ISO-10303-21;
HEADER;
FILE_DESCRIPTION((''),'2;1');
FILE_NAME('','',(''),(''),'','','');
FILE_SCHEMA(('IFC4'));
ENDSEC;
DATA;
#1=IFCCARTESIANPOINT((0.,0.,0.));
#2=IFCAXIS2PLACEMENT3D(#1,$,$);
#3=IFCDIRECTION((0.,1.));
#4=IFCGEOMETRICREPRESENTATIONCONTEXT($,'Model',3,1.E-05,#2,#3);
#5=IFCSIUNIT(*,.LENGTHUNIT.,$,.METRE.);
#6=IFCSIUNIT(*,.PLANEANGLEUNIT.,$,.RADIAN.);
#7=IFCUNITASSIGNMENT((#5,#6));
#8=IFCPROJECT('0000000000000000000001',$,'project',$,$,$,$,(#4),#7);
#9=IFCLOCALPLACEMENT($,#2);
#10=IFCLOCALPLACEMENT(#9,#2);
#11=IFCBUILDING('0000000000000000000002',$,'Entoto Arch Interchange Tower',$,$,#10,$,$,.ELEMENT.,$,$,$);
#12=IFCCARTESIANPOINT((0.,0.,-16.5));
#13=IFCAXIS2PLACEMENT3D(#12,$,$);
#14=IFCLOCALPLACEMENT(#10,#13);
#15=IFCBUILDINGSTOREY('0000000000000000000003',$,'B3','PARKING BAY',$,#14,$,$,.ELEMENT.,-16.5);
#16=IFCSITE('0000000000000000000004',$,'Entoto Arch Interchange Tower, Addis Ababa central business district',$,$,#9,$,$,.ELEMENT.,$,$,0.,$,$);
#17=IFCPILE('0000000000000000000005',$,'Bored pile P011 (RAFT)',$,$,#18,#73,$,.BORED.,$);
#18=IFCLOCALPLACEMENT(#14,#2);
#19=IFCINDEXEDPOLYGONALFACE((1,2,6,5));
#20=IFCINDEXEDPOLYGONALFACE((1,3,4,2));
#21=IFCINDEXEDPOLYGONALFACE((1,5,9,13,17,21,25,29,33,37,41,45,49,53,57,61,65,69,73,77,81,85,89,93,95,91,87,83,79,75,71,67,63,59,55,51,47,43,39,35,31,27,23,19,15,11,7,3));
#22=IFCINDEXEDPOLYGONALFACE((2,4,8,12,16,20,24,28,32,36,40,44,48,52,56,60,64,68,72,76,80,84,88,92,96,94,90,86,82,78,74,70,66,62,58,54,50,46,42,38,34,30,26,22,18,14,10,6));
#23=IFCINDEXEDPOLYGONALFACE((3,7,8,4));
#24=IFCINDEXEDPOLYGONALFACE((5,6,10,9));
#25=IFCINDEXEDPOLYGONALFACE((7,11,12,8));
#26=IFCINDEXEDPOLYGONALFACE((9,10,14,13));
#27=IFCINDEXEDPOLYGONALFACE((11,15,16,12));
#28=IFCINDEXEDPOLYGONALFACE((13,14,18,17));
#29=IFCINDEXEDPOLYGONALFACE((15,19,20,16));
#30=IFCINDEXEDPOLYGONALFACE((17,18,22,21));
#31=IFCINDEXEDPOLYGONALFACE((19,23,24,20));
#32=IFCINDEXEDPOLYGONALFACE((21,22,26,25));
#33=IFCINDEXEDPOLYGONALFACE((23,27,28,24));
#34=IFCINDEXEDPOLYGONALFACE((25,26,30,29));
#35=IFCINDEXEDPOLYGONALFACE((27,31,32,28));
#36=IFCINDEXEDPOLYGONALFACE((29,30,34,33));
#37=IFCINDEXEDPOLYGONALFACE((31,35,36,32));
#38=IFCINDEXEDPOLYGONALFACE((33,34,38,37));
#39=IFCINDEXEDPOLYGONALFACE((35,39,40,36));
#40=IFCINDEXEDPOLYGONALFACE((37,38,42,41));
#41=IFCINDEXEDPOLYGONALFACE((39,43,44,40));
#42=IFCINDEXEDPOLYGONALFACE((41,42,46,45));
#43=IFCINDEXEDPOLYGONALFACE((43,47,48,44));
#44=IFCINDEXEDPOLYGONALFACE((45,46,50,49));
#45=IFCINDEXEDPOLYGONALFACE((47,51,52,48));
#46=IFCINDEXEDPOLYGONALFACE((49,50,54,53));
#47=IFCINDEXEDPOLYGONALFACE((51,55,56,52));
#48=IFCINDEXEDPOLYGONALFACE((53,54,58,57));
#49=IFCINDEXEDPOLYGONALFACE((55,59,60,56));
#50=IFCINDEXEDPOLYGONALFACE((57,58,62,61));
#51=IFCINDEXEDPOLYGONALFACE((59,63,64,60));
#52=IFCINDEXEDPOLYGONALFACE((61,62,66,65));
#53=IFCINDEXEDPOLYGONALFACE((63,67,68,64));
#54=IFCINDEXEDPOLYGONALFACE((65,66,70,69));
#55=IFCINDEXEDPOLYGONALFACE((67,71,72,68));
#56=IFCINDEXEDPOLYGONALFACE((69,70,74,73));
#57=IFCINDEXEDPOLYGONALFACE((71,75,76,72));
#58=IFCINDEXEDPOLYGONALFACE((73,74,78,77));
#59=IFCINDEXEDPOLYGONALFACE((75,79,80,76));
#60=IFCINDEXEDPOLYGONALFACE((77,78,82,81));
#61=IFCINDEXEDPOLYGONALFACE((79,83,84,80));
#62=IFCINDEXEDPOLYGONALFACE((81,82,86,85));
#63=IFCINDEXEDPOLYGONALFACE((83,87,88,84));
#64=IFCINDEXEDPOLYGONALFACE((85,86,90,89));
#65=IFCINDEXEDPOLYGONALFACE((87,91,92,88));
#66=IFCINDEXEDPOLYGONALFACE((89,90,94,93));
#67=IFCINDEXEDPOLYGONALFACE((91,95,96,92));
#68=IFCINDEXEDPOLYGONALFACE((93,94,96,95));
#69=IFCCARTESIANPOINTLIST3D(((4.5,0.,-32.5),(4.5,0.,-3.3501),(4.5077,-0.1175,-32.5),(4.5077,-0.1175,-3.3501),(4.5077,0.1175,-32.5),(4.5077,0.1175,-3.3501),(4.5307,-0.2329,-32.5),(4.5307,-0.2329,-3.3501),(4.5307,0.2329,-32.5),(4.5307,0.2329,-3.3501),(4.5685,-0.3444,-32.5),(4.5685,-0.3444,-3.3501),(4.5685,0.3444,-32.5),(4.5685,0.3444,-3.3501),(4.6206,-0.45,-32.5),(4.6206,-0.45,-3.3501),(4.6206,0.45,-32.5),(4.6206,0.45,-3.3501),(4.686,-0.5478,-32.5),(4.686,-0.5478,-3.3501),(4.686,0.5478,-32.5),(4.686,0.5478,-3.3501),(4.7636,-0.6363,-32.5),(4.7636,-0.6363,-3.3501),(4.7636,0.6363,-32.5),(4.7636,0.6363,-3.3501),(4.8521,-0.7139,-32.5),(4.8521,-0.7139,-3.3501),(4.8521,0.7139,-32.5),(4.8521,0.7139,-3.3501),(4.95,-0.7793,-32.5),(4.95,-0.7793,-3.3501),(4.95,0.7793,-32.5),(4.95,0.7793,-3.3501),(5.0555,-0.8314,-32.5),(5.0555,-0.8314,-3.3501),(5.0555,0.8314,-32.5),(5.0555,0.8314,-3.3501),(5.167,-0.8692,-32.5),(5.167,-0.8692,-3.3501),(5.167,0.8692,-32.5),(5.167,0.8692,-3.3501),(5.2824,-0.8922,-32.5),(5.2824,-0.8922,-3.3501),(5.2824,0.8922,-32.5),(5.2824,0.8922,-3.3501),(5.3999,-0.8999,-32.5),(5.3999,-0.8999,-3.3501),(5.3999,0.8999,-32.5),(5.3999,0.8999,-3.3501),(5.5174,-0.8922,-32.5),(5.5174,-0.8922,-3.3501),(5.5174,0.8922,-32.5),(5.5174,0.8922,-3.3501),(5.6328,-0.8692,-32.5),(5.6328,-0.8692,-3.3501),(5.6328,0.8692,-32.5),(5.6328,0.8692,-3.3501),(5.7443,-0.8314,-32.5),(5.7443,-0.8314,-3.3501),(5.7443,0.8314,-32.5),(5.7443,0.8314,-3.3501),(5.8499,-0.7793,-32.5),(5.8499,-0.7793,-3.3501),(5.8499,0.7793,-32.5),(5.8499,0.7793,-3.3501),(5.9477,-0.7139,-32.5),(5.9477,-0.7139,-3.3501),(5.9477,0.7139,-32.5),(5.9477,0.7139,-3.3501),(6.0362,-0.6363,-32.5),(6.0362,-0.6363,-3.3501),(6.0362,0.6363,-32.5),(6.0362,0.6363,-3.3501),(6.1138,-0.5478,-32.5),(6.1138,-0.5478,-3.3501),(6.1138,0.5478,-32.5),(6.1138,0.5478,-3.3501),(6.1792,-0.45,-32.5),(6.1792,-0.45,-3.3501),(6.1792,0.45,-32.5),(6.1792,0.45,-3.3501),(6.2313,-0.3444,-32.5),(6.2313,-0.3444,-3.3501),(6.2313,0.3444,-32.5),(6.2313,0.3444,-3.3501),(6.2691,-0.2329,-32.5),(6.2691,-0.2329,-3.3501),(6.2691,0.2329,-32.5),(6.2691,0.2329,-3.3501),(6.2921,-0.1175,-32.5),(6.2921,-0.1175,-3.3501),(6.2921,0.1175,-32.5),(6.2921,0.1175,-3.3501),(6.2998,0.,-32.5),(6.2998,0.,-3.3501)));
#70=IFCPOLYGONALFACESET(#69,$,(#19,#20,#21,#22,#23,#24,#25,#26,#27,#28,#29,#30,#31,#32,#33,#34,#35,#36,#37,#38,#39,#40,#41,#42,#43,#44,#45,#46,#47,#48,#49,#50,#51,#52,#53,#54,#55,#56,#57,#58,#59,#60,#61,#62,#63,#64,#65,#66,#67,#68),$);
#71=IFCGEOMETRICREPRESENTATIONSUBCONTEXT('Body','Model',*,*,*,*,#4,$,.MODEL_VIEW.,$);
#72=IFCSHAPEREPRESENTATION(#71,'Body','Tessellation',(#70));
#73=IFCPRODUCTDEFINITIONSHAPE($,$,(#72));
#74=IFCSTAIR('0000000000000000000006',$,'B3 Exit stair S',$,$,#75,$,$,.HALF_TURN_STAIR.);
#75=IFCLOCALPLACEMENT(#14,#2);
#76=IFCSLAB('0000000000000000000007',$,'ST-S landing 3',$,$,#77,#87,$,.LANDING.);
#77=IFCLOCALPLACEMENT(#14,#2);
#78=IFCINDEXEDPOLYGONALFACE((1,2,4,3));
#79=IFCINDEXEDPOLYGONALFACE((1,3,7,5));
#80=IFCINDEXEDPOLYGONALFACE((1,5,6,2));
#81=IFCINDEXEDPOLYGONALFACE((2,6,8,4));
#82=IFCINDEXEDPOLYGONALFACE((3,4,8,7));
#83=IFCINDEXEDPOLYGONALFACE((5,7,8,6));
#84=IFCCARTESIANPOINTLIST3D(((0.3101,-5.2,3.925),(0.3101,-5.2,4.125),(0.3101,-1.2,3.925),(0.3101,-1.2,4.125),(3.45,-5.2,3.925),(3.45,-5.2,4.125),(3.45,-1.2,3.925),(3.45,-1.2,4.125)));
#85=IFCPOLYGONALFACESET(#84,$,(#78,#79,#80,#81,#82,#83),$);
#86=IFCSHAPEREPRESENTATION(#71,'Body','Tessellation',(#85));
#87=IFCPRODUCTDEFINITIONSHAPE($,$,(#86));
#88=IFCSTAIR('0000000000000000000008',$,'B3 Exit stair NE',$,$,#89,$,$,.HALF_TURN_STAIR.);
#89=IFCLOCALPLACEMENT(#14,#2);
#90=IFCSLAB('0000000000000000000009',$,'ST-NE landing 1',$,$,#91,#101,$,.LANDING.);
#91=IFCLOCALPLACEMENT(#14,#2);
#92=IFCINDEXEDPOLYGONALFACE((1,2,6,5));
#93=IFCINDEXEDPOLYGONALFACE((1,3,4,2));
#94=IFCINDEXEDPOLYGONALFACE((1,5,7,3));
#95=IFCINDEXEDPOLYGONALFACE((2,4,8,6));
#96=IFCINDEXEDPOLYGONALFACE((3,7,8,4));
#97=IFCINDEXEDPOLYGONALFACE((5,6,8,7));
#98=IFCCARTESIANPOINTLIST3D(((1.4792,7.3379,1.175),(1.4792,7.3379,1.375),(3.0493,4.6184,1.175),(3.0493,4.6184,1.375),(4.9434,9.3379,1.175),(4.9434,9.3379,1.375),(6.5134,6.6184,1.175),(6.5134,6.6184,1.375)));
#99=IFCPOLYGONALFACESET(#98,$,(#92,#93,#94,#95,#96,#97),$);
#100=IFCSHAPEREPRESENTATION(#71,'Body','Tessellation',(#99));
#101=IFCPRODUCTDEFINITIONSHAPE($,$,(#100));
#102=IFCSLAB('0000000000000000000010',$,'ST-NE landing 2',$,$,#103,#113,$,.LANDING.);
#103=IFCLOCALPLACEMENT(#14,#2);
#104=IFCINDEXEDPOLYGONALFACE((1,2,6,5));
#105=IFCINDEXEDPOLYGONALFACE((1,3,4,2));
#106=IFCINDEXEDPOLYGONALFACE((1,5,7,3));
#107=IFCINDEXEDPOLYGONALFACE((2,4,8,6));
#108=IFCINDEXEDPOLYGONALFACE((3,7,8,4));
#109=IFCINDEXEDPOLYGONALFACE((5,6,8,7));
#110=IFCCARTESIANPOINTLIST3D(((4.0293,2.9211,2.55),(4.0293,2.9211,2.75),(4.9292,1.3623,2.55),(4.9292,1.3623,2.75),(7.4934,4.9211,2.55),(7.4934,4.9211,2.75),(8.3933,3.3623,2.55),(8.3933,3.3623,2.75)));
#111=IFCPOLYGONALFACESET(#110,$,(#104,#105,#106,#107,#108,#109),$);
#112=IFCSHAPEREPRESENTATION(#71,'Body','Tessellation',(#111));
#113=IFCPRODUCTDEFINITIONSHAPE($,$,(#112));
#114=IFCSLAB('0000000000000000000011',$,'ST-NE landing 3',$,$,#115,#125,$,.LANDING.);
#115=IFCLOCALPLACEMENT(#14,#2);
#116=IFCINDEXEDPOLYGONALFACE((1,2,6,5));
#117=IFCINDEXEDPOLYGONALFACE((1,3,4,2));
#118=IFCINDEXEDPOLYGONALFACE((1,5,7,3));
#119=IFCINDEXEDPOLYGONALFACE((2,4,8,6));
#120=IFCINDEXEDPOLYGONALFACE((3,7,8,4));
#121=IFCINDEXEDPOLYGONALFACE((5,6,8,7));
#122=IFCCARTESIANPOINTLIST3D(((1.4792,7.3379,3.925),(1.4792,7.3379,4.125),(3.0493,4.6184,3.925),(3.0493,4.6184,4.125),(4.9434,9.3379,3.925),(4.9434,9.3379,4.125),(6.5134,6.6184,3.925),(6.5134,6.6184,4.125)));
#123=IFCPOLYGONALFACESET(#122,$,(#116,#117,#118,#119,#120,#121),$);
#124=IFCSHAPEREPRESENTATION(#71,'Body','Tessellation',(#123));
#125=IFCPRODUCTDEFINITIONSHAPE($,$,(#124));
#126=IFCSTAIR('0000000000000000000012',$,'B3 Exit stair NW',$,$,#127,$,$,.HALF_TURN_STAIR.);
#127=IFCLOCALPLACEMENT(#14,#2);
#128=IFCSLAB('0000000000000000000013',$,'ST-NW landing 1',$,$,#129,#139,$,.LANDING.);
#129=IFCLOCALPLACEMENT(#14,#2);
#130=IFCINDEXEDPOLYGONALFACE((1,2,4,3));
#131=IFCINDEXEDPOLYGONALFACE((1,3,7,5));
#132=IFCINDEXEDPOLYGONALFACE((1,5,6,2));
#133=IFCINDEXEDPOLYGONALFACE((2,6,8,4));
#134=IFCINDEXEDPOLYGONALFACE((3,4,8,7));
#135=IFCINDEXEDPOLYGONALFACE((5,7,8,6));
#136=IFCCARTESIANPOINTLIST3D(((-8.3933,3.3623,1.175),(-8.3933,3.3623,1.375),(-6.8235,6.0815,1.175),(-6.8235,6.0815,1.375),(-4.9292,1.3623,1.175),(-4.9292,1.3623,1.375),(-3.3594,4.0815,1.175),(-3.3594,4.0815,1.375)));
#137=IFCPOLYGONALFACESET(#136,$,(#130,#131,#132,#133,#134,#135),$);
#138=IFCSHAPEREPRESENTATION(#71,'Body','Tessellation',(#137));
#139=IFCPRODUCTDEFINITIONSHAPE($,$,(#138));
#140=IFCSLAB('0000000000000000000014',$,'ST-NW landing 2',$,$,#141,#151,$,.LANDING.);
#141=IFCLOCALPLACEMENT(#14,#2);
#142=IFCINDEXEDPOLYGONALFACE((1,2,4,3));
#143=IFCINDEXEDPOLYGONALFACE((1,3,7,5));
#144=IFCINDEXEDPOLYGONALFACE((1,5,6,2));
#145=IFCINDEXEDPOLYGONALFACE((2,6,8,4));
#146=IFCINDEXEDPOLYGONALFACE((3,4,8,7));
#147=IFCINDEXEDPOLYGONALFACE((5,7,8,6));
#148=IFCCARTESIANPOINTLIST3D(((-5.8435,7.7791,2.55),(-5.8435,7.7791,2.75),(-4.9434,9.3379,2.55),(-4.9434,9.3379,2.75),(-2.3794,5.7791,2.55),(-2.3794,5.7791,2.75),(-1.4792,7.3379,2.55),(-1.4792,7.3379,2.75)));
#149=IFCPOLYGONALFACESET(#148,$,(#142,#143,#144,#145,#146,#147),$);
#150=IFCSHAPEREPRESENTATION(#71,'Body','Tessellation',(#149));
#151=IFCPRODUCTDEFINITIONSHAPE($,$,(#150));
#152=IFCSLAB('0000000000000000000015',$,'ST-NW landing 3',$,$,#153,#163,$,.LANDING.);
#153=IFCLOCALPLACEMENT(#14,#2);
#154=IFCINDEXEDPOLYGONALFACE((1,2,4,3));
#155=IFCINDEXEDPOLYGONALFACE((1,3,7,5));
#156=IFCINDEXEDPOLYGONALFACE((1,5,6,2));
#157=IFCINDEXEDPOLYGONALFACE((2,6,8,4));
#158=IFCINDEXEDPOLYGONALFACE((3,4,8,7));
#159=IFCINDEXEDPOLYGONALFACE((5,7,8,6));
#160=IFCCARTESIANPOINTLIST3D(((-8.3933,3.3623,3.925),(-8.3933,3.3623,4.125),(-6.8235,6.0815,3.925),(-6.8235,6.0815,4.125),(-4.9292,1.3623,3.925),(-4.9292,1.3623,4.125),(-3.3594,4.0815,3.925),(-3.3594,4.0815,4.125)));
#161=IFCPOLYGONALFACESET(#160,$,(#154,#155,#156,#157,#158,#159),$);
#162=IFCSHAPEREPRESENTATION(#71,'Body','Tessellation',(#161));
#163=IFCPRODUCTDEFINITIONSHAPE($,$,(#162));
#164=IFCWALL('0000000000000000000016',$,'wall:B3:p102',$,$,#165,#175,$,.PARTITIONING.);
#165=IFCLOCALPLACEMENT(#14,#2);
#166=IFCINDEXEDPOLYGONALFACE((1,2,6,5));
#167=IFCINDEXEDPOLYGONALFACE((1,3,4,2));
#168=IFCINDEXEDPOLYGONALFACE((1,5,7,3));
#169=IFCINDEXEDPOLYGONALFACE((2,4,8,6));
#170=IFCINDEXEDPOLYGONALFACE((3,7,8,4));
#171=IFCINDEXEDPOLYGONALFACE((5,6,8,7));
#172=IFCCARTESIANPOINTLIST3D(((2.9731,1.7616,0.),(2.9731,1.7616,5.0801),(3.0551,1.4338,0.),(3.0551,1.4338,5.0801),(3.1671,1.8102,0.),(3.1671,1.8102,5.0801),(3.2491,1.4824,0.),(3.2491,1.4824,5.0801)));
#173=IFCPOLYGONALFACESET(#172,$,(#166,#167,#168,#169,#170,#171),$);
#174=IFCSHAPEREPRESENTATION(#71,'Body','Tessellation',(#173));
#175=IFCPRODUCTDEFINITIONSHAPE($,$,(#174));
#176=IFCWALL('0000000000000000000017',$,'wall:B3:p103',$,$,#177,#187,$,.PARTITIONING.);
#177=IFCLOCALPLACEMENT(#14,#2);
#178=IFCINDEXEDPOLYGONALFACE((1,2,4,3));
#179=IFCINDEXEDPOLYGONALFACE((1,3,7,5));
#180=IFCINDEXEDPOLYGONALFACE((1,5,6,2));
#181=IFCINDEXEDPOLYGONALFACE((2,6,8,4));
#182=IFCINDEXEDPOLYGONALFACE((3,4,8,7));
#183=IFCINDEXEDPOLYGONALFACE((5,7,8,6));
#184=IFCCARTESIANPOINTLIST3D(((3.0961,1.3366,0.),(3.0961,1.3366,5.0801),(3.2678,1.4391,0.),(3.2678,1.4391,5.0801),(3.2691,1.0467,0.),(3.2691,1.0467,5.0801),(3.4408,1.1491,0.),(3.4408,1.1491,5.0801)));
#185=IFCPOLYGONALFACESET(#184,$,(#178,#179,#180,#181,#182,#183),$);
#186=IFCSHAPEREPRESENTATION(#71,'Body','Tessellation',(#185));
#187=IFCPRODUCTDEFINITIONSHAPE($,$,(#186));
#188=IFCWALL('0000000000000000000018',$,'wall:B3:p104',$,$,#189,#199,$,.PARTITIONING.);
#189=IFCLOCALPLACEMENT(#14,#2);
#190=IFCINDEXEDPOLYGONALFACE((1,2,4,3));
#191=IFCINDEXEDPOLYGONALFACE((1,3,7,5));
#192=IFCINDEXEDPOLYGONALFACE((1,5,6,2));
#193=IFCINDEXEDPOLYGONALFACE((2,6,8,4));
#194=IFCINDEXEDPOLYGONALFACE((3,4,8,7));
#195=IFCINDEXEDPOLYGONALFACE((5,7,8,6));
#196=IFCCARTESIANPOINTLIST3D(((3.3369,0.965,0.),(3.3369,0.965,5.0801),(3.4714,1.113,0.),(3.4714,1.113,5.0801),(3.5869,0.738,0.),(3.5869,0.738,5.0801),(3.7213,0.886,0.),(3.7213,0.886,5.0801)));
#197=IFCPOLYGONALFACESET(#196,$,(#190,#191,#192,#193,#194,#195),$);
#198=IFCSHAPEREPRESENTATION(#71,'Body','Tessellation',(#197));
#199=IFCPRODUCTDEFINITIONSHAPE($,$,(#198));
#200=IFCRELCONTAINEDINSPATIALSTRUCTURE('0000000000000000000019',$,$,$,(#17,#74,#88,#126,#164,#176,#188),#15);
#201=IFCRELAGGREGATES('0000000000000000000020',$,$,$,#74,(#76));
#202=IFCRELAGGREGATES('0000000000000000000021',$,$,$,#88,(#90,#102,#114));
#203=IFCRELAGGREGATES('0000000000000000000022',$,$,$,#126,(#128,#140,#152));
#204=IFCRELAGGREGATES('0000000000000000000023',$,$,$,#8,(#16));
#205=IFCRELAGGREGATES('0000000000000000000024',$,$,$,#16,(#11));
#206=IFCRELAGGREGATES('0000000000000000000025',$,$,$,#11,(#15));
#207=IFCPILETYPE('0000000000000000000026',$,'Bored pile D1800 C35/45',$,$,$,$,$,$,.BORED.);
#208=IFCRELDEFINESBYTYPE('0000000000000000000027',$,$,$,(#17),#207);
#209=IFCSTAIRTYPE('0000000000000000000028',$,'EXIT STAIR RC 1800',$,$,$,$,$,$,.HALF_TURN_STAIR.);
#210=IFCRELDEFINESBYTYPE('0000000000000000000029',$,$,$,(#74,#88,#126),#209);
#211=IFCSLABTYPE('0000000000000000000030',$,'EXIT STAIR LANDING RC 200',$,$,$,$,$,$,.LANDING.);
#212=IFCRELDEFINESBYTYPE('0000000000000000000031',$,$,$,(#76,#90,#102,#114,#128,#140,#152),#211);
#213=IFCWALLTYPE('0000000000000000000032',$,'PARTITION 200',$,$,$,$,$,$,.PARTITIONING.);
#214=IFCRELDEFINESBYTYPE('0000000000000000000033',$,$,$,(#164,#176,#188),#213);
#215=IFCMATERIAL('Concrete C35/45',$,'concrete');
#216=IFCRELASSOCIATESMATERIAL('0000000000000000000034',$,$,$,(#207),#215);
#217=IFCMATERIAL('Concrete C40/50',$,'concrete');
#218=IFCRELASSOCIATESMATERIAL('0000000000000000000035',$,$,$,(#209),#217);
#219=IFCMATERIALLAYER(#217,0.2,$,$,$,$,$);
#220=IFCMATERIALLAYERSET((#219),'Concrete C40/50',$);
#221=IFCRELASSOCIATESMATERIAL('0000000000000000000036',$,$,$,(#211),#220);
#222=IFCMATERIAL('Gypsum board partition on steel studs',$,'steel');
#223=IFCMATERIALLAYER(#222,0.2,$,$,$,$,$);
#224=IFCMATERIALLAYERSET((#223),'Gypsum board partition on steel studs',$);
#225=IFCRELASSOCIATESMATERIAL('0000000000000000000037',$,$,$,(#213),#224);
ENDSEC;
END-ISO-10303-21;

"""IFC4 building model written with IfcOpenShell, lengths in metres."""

from ifc_helpers import new_model, si_unit, direction, frame, frame_2d, origin, origin_2d, place, context, subcontext, project, spatial, polyline, rectangle, circle, outline, extrude, material, layer, layer_set, material_profile, profile_set, type_object, element, aggregate, save


model = new_model("IFC4")

# Units and contexts
model_context = context("Model", 3, precision=1e-05, world=origin(), true_north=direction((0.0, 1.0)))
body_context = subcontext(model_context, "Body", "Model", "MODEL_VIEW")
ifc_project = project(units=[si_unit("LENGTHUNIT", "METRE"), si_unit("PLANEANGLEUNIT", "RADIAN")], contexts=[model_context])

# Site, building, storey
site_placement = place(None, origin())
site = spatial("IfcSite", under=ifc_project, at=site_placement, Name="Entoto Arch Interchange Tower, Addis Ababa central business district", CompositionType="ELEMENT", RefElevation=0.0)
building_placement = place(site_placement, origin())
building = spatial("IfcBuilding", under=site, at=building_placement, Name="Entoto Arch Interchange Tower", CompositionType="ELEMENT")
storey_placement = place(building_placement, frame((0.0, 0.0, -16.5)))
storey = spatial("IfcBuildingStorey", under=building, at=storey_placement, Name="B3", Description="PARKING BAY", CompositionType="ELEMENT", Elevation=-16.5)

# Pile
ifc_material_1 = material(Name="Concrete C35/45", Category="concrete")
ifc_material_profile = material_profile(ifc_material_1, circle(Radius=0.8999, at=origin_2d()))
ifc_profile_set = profile_set([ifc_material_profile], Name="Concrete C35/45")
pile_type = type_object("IfcPileType", Name="Bored pile D1800 C35/45", PredefinedType="BORED", material=ifc_profile_set)
pile_placement = place(storey_placement, frame((5.3999, 0.0, -3.3501), z_axis=(0.0, 0.0, -1.0), x_axis=(1.0, 0.0, 0.0)))
element("IfcPile", 1, at=pile_placement, inside=storey, type_object=pile_type, Name="Bored pile P011 (RAFT)", PredefinedType="BORED", context=body_context, shape_type="SweptSolid", body=[
    extrude(circle(Radius=0.8999, at=origin_2d()), origin(), (0.0, 0.0, 1.0), 29.1499),
])

# Stair, slab
ifc_material_2 = material(Name="Concrete C40/50", Category="concrete")
stair_type = type_object("IfcStairType", Name="EXIT STAIR RC 1800", PredefinedType="HALF_TURN_STAIR", material=ifc_material_2)
stair_1_placement = place(storey_placement, origin())
stair_1 = element("IfcStair", 2, at=stair_1_placement, inside=storey, type_object=stair_type, Name="B3 Exit stair S", PredefinedType="HALF_TURN_STAIR")
ifc_layer_1 = layer(ifc_material_2, 0.2)
ifc_layer_set_1 = layer_set([ifc_layer_1], Name="Concrete C40/50")
slab_type = type_object("IfcSlabType", Name="EXIT STAIR LANDING RC 200", PredefinedType="LANDING", material=ifc_layer_set_1)
slab_1_placement = place(storey_placement, frame((0.0, 0.0, 3.925)))
slab_1 = element("IfcSlab", 3, at=slab_1_placement, type_object=slab_type, Name="ST-S landing 3", PredefinedType="LANDING", context=body_context, shape_type="SweptSolid", body=[
    extrude(outline(polyline([(0.3101, -5.2), (3.45, -5.2), (3.45, -1.2), (0.3101, -1.2), (0.3101, -5.2)])), origin(), (0.0, 0.0, 1.0), 0.2),
])
aggregate(stair_1, [slab_1])

# Stairs, slabs
stair_2_placement = place(storey_placement, origin())
stair_2 = element("IfcStair", 4, at=stair_2_placement, inside=storey, type_object=stair_type, Name="B3 Exit stair NE", PredefinedType="HALF_TURN_STAIR")
slab_2_placement = place(storey_placement, frame((0.0, 0.0, 1.175)))
slab_2 = element("IfcSlab", 5, at=slab_2_placement, type_object=slab_type, Name="ST-NE landing 1", PredefinedType="LANDING", context=body_context, shape_type="SweptSolid", body=[
    extrude(outline(polyline([(6.5134, 6.6184), (4.9434, 9.3379), (1.4792, 7.3379), (3.0493, 4.6184), (6.5134, 6.6184)])), origin(), (0.0, 0.0, 1.0), 0.2),
])
slab_3_placement = place(storey_placement, frame((0.0, 0.0, 2.55)))
slab_3 = element("IfcSlab", 6, at=slab_3_placement, type_object=slab_type, Name="ST-NE landing 2", PredefinedType="LANDING", context=body_context, shape_type="SweptSolid", body=[
    extrude(outline(polyline([(8.3933, 3.3623), (7.4934, 4.9211), (4.0293, 2.9211), (4.9292, 1.3623), (8.3933, 3.3623)])), origin(), (0.0, 0.0, 1.0), 0.2),
])
slab_4_placement = place(storey_placement, frame((0.0, 0.0, 3.925)))
slab_4 = element("IfcSlab", 7, at=slab_4_placement, type_object=slab_type, Name="ST-NE landing 3", PredefinedType="LANDING", context=body_context, shape_type="SweptSolid", body=[
    extrude(outline(polyline([(6.5134, 6.6184), (4.9434, 9.3379), (1.4792, 7.3379), (3.0493, 4.6184), (6.5134, 6.6184)])), origin(), (0.0, 0.0, 1.0), 0.2),
])
aggregate(stair_2, [slab_2, slab_3, slab_4])
stair_3_placement = place(storey_placement, origin())
stair_3 = element("IfcStair", 8, at=stair_3_placement, inside=storey, type_object=stair_type, Name="B3 Exit stair NW", PredefinedType="HALF_TURN_STAIR")
slab_5_placement = place(storey_placement, frame((0.0, 0.0, 1.175)))
slab_5 = element("IfcSlab", 9, at=slab_5_placement, type_object=slab_type, Name="ST-NW landing 1", PredefinedType="LANDING", context=body_context, shape_type="SweptSolid", body=[
    extrude(outline(polyline([(-6.8235, 6.0815), (-8.3933, 3.3623), (-4.9292, 1.3623), (-3.3594, 4.0815), (-6.8235, 6.0815)])), origin(), (0.0, 0.0, 1.0), 0.2),
])
slab_6_placement = place(storey_placement, frame((0.0, 0.0, 2.55)))
slab_6 = element("IfcSlab", 10, at=slab_6_placement, type_object=slab_type, Name="ST-NW landing 2", PredefinedType="LANDING", context=body_context, shape_type="SweptSolid", body=[
    extrude(outline(polyline([(-4.9434, 9.3379), (-5.8435, 7.7791), (-2.3794, 5.7791), (-1.4792, 7.3379), (-4.9434, 9.3379)])), origin(), (0.0, 0.0, 1.0), 0.2),
])
slab_7_placement = place(storey_placement, frame((0.0, 0.0, 3.925)))
slab_7 = element("IfcSlab", 11, at=slab_7_placement, type_object=slab_type, Name="ST-NW landing 3", PredefinedType="LANDING", context=body_context, shape_type="SweptSolid", body=[
    extrude(outline(polyline([(-6.8235, 6.0815), (-8.3933, 3.3623), (-4.9292, 1.3623), (-3.3594, 4.0815), (-6.8235, 6.0815)])), origin(), (0.0, 0.0, 1.0), 0.2),
])
aggregate(stair_3, [slab_5, slab_6, slab_7])

# Walls
ifc_material_3 = material(Name="Gypsum board partition on steel studs", Category="steel")
ifc_layer_2 = layer(ifc_material_3, 0.2)
ifc_layer_set_2 = layer_set([ifc_layer_2], Name="Gypsum board partition on steel studs")
wall_type_1 = type_object("IfcWallType", Name="PARTITION 200", PredefinedType="PARTITIONING", material=ifc_layer_set_2)
wall_1_placement = place(storey_placement, frame((3.0701, 1.7859, 0.0), z_axis=(0.0, 0.0, 1.0), x_axis=(0.242706, -0.9701, 0.0)))
element("IfcWall", 12, at=wall_1_placement, inside=storey, type_object=wall_type_1, Name="wall:B3:p102", PredefinedType="PARTITIONING", context=body_context, shape_type="SweptSolid", body=[
    extrude(rectangle(XDim=0.3379, YDim=0.2, at=frame_2d((0.1689, 0.0))), origin(), (0.0, 0.0, 1.0), 5.0801),
])
for number, where, z_axis, x_axis, name in (
    (13, (3.1819, 1.3879, 0.0), (0.0, 0.0, 1.0), (0.512475, -0.858702, 0.0), "wall:B3:p103"),
    (14, (3.4041, 1.0391, 0.0), (0.0, 0.0, 1.0), (0.740267, -0.672313, 0.0), "wall:B3:p104"),
):
    element("IfcWall", number, at=place(storey_placement, frame(where, z_axis=z_axis, x_axis=x_axis)), inside=storey, type_object=wall_type_1, Name=name, PredefinedType="PARTITIONING", context=body_context, shape_type="SweptSolid", body=[
        extrude(rectangle(XDim=0.3376, YDim=0.2, at=frame_2d((0.1689, 0.0))), origin(), (0.0, 0.0, 1.0), 5.0801),
    ])

save(model, "model.ifc")
